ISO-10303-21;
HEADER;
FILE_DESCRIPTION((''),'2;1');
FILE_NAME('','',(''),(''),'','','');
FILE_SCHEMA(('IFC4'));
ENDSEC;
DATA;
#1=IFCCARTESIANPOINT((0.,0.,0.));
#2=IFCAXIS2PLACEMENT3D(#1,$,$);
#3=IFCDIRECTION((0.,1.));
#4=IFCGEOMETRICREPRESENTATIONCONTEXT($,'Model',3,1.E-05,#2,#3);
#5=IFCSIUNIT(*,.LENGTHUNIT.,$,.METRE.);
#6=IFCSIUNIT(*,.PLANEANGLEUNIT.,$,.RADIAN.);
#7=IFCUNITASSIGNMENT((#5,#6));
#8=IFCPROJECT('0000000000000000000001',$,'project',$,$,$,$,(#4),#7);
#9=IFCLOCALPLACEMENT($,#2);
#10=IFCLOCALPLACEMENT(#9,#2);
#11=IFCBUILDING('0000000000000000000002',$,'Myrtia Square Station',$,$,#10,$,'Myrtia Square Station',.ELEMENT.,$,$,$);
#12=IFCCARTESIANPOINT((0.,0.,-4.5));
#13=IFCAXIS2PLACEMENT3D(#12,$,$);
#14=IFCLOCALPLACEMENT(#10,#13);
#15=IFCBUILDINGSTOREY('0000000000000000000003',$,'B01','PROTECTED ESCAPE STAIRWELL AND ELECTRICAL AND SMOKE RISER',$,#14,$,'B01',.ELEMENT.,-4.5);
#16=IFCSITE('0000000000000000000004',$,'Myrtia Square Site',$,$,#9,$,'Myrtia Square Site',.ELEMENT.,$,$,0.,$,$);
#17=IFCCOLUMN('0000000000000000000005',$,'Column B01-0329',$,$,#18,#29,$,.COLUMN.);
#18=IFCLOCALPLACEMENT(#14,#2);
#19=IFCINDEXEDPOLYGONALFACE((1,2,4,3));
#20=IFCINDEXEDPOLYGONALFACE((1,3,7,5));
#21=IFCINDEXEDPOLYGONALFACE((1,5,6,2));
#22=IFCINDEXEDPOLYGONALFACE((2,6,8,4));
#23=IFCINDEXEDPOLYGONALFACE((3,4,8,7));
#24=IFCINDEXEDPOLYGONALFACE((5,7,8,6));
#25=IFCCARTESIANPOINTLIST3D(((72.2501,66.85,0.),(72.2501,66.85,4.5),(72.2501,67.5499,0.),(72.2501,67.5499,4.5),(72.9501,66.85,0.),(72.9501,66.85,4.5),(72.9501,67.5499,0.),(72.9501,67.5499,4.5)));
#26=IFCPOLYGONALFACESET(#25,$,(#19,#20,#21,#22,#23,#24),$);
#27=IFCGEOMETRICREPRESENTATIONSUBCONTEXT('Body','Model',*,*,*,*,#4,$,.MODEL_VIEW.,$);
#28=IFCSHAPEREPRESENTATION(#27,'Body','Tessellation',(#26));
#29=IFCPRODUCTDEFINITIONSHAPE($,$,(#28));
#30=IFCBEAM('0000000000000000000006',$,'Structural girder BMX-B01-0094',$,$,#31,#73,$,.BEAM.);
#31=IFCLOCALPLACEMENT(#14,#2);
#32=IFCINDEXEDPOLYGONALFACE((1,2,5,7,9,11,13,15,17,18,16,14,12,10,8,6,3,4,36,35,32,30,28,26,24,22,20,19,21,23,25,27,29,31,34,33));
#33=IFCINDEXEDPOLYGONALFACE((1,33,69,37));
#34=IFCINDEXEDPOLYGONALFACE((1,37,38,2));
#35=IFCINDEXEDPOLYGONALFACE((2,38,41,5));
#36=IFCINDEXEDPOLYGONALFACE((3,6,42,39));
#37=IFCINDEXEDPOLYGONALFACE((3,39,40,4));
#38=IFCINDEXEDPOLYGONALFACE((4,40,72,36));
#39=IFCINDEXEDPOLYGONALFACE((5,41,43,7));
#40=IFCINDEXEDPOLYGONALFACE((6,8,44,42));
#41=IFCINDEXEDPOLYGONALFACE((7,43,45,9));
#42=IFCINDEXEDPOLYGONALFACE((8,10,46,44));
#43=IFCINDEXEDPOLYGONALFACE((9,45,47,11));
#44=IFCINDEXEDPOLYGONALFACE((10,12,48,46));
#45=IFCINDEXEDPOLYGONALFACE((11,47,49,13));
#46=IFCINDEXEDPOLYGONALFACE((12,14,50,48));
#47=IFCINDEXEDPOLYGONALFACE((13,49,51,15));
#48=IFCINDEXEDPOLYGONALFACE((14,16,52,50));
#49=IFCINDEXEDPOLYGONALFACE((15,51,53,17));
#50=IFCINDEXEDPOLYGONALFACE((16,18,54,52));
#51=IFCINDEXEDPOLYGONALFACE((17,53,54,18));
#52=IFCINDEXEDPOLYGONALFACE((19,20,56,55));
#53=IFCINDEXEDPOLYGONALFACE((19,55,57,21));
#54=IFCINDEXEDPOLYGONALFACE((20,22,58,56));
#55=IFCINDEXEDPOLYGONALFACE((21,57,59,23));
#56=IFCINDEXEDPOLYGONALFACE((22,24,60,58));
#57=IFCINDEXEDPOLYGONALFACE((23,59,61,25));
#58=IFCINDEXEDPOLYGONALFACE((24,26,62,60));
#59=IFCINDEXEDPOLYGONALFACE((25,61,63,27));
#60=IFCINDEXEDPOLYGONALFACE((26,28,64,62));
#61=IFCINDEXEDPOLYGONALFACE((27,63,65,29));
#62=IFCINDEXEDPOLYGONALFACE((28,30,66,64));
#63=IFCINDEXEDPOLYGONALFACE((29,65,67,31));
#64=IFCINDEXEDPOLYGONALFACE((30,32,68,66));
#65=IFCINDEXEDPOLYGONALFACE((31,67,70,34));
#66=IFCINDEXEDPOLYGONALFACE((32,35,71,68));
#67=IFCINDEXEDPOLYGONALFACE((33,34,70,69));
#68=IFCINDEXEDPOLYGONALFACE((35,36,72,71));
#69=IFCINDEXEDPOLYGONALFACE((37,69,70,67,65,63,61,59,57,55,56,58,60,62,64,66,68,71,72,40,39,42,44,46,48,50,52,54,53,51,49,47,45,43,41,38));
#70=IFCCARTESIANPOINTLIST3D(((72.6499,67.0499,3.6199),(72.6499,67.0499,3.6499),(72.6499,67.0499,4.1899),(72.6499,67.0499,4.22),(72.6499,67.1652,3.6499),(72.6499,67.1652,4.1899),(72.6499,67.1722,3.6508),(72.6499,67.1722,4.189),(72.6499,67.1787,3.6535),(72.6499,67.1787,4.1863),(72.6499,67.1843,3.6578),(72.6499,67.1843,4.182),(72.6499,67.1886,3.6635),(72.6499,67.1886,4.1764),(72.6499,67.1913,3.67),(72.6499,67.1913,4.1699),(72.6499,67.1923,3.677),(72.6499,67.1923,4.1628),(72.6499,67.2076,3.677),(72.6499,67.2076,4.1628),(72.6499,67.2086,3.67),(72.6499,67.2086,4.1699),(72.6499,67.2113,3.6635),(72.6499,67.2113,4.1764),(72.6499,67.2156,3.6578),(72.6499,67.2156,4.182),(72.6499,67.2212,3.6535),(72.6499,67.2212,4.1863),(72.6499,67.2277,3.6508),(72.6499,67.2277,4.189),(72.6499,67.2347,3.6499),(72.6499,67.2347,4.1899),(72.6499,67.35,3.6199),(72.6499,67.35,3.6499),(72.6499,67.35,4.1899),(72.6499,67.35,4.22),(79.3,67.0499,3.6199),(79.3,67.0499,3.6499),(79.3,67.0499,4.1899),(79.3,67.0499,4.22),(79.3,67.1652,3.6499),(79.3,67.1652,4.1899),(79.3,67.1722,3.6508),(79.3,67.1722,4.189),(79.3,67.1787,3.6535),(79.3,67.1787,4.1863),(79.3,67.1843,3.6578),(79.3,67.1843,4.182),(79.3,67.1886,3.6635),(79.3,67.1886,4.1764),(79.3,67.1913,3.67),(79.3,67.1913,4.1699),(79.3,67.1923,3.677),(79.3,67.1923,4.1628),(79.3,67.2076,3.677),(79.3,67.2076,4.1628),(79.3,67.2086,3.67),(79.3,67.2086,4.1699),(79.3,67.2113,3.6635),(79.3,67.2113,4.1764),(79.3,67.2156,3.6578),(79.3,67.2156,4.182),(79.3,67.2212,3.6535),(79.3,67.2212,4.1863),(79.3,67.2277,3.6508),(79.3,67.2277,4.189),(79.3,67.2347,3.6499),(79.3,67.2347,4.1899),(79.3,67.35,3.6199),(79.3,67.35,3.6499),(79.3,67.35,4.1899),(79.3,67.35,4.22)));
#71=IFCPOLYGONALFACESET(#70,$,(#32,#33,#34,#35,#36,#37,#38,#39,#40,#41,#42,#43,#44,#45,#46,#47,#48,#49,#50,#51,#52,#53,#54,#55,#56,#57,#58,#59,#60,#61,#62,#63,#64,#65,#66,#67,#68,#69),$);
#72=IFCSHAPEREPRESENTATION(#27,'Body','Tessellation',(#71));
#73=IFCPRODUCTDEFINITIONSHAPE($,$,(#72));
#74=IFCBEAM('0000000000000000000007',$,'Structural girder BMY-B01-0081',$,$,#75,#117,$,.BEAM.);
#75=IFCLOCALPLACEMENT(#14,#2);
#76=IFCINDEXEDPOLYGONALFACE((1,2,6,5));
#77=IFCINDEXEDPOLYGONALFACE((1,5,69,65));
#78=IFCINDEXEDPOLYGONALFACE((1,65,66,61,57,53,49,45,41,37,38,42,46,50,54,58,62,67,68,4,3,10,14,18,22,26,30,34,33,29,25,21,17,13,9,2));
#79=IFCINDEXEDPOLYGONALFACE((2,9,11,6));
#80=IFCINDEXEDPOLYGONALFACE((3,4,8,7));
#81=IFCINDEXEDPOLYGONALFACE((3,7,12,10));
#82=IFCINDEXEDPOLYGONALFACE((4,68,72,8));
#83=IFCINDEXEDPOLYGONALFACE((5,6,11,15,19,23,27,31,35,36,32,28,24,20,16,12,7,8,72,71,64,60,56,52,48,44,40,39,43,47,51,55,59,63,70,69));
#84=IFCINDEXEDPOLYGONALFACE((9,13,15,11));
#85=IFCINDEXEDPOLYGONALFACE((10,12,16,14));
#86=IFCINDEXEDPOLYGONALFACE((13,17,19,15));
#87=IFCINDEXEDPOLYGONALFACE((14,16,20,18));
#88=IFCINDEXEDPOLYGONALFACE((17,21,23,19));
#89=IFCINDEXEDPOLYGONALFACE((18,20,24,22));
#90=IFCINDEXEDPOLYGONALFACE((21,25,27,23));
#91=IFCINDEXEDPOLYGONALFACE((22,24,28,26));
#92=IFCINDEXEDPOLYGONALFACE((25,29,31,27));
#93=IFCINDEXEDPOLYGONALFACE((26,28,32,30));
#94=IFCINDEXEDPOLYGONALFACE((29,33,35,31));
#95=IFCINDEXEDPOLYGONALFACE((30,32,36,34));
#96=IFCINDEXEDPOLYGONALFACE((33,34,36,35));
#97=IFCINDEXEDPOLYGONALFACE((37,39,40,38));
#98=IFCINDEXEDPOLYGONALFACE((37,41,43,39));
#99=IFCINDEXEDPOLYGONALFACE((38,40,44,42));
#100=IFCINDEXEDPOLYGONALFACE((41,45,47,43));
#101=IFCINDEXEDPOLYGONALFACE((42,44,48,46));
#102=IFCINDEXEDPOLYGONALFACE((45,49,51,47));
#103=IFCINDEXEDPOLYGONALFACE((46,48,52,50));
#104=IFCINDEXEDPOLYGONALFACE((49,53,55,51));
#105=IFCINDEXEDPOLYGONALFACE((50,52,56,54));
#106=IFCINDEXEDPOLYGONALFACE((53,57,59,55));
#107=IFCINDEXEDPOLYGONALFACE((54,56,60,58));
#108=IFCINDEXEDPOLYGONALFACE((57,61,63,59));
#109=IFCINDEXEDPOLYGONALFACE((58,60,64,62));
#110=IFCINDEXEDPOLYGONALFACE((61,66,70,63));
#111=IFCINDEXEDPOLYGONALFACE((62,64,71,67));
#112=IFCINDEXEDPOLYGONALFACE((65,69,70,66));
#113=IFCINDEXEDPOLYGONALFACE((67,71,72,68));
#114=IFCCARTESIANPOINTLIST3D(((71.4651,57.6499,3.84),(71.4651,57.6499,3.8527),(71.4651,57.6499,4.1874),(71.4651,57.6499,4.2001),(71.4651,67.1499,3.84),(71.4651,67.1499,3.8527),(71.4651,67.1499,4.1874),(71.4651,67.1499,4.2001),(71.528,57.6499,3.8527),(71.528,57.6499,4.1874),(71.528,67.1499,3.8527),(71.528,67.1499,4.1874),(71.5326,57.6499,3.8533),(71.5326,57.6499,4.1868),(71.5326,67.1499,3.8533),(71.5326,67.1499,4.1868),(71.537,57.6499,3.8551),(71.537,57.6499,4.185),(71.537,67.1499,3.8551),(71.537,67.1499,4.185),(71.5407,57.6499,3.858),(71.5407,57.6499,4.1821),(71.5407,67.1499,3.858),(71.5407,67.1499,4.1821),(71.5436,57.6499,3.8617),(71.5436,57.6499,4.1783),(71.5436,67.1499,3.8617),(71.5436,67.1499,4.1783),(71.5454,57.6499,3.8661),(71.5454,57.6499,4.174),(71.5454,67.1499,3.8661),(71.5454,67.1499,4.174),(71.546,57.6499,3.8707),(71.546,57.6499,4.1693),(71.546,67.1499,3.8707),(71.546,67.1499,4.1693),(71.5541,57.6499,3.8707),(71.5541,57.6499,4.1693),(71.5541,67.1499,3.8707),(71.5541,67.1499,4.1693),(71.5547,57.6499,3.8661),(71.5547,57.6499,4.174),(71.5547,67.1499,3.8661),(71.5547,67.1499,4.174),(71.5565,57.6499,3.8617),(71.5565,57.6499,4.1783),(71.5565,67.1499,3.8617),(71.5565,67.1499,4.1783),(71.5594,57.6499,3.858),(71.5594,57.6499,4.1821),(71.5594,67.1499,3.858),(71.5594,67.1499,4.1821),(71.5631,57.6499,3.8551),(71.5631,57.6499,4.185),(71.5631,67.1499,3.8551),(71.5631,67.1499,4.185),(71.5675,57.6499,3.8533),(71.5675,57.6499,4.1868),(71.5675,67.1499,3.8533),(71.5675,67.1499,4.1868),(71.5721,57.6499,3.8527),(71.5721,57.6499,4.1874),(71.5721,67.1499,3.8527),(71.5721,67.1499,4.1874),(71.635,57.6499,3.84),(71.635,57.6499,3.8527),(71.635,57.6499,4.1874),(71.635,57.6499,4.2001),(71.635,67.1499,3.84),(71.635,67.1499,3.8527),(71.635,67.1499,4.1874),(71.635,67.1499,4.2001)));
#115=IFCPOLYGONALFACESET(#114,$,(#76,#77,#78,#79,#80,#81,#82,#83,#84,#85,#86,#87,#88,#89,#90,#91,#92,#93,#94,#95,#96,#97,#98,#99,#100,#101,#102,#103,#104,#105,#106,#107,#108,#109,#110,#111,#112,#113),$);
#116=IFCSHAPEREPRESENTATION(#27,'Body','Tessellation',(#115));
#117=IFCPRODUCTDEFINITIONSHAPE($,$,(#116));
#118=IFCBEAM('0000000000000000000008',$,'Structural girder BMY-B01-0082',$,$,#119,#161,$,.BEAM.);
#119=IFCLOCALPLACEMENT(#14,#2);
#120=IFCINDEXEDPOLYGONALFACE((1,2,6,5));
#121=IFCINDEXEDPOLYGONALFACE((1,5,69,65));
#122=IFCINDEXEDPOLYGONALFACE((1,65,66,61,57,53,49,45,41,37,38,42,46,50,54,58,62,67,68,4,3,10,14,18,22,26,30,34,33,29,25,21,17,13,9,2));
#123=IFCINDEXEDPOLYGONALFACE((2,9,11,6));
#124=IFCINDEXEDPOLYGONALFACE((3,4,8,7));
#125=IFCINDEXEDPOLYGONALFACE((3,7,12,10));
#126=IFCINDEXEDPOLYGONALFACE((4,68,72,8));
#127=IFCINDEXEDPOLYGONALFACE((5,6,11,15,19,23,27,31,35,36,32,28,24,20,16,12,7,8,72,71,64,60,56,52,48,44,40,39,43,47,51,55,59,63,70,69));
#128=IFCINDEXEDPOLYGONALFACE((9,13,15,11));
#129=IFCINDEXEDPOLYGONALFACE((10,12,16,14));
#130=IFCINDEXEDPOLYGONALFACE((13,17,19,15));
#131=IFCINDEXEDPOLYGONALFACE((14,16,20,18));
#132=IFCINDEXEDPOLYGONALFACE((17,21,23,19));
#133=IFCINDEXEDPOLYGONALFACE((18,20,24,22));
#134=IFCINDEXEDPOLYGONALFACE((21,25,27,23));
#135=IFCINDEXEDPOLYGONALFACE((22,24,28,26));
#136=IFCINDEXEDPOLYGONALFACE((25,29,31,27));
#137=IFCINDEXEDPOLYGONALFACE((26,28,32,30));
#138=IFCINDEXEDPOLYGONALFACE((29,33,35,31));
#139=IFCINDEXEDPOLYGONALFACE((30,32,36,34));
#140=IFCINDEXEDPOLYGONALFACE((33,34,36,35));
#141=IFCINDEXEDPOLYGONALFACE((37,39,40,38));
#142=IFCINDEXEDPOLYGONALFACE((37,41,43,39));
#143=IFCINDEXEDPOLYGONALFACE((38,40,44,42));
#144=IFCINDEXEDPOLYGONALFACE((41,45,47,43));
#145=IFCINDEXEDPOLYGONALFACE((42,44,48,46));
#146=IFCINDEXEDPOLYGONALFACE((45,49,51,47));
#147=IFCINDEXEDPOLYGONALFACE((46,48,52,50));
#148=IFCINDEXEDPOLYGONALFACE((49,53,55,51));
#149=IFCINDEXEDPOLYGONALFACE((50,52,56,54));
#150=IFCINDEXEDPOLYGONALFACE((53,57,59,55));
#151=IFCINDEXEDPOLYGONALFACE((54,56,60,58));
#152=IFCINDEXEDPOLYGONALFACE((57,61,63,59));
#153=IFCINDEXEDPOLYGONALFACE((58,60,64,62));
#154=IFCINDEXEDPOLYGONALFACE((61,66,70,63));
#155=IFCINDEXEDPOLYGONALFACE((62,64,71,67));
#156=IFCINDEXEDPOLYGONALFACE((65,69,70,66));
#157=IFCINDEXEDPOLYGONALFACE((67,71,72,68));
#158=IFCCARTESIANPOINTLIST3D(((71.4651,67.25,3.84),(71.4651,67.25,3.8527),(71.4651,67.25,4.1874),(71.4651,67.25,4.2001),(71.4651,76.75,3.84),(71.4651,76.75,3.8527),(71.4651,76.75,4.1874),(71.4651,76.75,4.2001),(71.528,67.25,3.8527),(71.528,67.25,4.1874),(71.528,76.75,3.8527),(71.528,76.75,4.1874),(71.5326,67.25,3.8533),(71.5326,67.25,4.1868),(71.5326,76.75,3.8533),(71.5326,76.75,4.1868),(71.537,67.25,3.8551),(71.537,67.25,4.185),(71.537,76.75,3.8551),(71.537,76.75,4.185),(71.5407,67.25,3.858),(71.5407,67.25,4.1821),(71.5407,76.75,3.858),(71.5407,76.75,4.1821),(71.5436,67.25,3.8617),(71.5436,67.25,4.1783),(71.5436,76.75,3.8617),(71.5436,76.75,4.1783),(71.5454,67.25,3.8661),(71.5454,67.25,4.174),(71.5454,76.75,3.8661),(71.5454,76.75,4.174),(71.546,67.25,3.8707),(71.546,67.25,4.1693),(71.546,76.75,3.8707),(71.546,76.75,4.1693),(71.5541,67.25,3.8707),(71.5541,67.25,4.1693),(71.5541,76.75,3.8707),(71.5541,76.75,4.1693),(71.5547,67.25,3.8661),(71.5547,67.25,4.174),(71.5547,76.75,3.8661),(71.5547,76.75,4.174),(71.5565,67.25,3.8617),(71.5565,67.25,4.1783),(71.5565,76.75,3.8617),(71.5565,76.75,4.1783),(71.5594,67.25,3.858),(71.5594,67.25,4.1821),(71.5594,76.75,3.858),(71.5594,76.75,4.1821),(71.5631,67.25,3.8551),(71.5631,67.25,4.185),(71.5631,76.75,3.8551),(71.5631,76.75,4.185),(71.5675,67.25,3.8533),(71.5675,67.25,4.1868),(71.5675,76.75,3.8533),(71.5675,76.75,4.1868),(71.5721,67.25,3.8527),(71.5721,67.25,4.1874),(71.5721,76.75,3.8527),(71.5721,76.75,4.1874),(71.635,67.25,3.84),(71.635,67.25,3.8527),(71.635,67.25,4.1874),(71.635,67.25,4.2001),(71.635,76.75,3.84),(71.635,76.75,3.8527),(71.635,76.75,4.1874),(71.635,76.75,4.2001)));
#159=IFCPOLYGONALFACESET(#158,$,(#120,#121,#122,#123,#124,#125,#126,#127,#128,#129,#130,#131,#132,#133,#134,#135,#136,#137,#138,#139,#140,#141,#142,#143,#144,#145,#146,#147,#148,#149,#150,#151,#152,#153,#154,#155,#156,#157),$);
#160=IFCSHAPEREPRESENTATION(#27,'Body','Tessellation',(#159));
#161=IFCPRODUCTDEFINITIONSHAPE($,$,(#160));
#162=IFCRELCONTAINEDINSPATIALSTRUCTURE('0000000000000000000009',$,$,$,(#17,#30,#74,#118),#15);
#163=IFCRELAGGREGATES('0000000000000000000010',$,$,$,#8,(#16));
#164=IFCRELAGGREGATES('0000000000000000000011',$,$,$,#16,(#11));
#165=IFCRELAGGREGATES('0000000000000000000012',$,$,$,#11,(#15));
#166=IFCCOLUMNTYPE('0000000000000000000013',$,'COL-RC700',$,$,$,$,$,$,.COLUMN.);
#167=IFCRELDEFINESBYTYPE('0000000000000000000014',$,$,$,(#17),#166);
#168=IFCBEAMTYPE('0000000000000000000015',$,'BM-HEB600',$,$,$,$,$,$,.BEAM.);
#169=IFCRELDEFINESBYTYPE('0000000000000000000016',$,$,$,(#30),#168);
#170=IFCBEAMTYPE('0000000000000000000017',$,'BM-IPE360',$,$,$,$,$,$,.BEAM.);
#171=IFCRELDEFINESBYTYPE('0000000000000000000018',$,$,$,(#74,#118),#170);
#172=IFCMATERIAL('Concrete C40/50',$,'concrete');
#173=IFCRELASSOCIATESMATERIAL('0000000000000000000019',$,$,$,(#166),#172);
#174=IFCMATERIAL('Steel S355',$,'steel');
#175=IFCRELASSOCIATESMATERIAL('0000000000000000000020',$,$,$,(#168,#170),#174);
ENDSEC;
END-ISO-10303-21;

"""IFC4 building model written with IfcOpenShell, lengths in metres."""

from ifc_helpers import new_model, si_unit, direction, frame, origin, origin_2d, place, context, subcontext, project, spatial, rectangle, i_section, extrude, material, material_profile, profile_set, type_object, element, save


model = new_model("IFC4")

# Units and contexts
model_context = context("Model", 3, precision=1e-05, world=origin(), true_north=direction((0.0, 1.0)))
body_context = subcontext(model_context, "Body", "Model", "MODEL_VIEW")
ifc_project = project(units=[si_unit("LENGTHUNIT", "METRE"), si_unit("PLANEANGLEUNIT", "RADIAN")], contexts=[model_context])

# Site, building, storey
site_placement = place(None, origin())
site = spatial("IfcSite", under=ifc_project, at=site_placement, Name="Myrtia Square Site", LongName="Myrtia Square Site", CompositionType="ELEMENT", RefElevation=0.0)
building_placement = place(site_placement, origin())
building = spatial("IfcBuilding", under=site, at=building_placement, Name="Myrtia Square Station", LongName="Myrtia Square Station", CompositionType="ELEMENT")
storey_placement = place(building_placement, frame((0.0, 0.0, -4.5)))
storey = spatial("IfcBuildingStorey", under=building, at=storey_placement, Name="B01", Description="PROTECTED ESCAPE STAIRWELL AND ELECTRICAL AND SMOKE RISER", LongName="B01", CompositionType="ELEMENT", Elevation=-4.5)

# Column
ifc_material_1 = material(Name="Steel S355", Category="steel")
ifc_material_2 = material(Name="Concrete C40/50", Category="concrete")
ifc_material_profile_1 = material_profile(ifc_material_2, rectangle(XDim=0.7, YDim=0.7, at=origin_2d()), Name="RC 700x700")
ifc_profile_set_1 = profile_set([ifc_material_profile_1], Name="Concrete C40/50")
column_type_1 = type_object("IfcColumnType", Name="COL-RC700", PredefinedType="COLUMN", material=ifc_profile_set_1)
column_1_placement = place(storey_placement, frame((72.6001, 67.2, 0.0), z_axis=(0.0, 0.0, 1.0), x_axis=(1.0, 0.0, 0.0)))
element("IfcColumn", 1, at=column_1_placement, inside=storey, type_object=column_type_1, Name="Column B01-0329", PredefinedType="COLUMN", context=body_context, shape_type="SweptSolid", body=[
    extrude(rectangle(XDim=0.7, YDim=0.7, at=origin_2d()), origin(), (0.0, 0.0, 1.0), 4.5),
])

# Beams
ifc_material_profile_2 = material_profile(ifc_material_1, i_section(OverallWidth=0.3, OverallDepth=0.6001, WebThickness=0.0154, FlangeThickness=0.03, FilletRadius=0.0271, at=origin_2d()), Name="HEB 600")
ifc_profile_set_2 = profile_set([ifc_material_profile_2], Name="Steel S355")
beam_type_1 = type_object("IfcBeamType", Name="BM-HEB600", PredefinedType="BEAM", material=ifc_profile_set_2)
beam_placement = place(storey_placement, frame((72.6499, 67.2, 3.9199), z_axis=(1.0, 0.0, 0.0), x_axis=(0.0, 1.0, 0.0)))
element("IfcBeam", 2, at=beam_placement, inside=storey, type_object=beam_type_1, Name="Structural girder BMX-B01-0094", PredefinedType="BEAM", context=body_context, shape_type="SweptSolid", body=[
    extrude(i_section(OverallWidth=0.3, OverallDepth=0.6001, WebThickness=0.0154, FlangeThickness=0.03, FilletRadius=0.0271, at=origin_2d()), origin(), (0.0, 0.0, 1.0), 6.6501),
])
ifc_material_profile_3 = material_profile(ifc_material_1, i_section(OverallWidth=0.1699, OverallDepth=0.3601, WebThickness=0.0081, FlangeThickness=0.0127, FilletRadius=0.0181, at=origin_2d()), Name="IPE 360")
ifc_profile_set_3 = profile_set([ifc_material_profile_3], Name="Steel S355")
beam_type_2 = type_object("IfcBeamType", Name="BM-IPE360", PredefinedType="BEAM", material=ifc_profile_set_3)
for number, where, z_axis, x_axis, name in (
    (3, (71.55, 57.6499, 4.02), (0.0, 1.0, 0.0), (-1.0, 0.0, 0.0), "Structural girder BMY-B01-0081"),
    (4, (71.55, 67.25, 4.02), (0.0, 1.0, 0.0), (-1.0, 0.0, 0.0), "Structural girder BMY-B01-0082"),
):
    element("IfcBeam", number, at=place(storey_placement, frame(where, z_axis=z_axis, x_axis=x_axis)), inside=storey, type_object=beam_type_2, Name=name, PredefinedType="BEAM", context=body_context, shape_type="SweptSolid", body=[
        extrude(i_section(OverallWidth=0.1699, OverallDepth=0.3601, WebThickness=0.0081, FlangeThickness=0.0127, FilletRadius=0.0181, at=origin_2d()), origin(), (0.0, 0.0, 1.0), 9.5),
    ])

save(model, "model.ifc")
